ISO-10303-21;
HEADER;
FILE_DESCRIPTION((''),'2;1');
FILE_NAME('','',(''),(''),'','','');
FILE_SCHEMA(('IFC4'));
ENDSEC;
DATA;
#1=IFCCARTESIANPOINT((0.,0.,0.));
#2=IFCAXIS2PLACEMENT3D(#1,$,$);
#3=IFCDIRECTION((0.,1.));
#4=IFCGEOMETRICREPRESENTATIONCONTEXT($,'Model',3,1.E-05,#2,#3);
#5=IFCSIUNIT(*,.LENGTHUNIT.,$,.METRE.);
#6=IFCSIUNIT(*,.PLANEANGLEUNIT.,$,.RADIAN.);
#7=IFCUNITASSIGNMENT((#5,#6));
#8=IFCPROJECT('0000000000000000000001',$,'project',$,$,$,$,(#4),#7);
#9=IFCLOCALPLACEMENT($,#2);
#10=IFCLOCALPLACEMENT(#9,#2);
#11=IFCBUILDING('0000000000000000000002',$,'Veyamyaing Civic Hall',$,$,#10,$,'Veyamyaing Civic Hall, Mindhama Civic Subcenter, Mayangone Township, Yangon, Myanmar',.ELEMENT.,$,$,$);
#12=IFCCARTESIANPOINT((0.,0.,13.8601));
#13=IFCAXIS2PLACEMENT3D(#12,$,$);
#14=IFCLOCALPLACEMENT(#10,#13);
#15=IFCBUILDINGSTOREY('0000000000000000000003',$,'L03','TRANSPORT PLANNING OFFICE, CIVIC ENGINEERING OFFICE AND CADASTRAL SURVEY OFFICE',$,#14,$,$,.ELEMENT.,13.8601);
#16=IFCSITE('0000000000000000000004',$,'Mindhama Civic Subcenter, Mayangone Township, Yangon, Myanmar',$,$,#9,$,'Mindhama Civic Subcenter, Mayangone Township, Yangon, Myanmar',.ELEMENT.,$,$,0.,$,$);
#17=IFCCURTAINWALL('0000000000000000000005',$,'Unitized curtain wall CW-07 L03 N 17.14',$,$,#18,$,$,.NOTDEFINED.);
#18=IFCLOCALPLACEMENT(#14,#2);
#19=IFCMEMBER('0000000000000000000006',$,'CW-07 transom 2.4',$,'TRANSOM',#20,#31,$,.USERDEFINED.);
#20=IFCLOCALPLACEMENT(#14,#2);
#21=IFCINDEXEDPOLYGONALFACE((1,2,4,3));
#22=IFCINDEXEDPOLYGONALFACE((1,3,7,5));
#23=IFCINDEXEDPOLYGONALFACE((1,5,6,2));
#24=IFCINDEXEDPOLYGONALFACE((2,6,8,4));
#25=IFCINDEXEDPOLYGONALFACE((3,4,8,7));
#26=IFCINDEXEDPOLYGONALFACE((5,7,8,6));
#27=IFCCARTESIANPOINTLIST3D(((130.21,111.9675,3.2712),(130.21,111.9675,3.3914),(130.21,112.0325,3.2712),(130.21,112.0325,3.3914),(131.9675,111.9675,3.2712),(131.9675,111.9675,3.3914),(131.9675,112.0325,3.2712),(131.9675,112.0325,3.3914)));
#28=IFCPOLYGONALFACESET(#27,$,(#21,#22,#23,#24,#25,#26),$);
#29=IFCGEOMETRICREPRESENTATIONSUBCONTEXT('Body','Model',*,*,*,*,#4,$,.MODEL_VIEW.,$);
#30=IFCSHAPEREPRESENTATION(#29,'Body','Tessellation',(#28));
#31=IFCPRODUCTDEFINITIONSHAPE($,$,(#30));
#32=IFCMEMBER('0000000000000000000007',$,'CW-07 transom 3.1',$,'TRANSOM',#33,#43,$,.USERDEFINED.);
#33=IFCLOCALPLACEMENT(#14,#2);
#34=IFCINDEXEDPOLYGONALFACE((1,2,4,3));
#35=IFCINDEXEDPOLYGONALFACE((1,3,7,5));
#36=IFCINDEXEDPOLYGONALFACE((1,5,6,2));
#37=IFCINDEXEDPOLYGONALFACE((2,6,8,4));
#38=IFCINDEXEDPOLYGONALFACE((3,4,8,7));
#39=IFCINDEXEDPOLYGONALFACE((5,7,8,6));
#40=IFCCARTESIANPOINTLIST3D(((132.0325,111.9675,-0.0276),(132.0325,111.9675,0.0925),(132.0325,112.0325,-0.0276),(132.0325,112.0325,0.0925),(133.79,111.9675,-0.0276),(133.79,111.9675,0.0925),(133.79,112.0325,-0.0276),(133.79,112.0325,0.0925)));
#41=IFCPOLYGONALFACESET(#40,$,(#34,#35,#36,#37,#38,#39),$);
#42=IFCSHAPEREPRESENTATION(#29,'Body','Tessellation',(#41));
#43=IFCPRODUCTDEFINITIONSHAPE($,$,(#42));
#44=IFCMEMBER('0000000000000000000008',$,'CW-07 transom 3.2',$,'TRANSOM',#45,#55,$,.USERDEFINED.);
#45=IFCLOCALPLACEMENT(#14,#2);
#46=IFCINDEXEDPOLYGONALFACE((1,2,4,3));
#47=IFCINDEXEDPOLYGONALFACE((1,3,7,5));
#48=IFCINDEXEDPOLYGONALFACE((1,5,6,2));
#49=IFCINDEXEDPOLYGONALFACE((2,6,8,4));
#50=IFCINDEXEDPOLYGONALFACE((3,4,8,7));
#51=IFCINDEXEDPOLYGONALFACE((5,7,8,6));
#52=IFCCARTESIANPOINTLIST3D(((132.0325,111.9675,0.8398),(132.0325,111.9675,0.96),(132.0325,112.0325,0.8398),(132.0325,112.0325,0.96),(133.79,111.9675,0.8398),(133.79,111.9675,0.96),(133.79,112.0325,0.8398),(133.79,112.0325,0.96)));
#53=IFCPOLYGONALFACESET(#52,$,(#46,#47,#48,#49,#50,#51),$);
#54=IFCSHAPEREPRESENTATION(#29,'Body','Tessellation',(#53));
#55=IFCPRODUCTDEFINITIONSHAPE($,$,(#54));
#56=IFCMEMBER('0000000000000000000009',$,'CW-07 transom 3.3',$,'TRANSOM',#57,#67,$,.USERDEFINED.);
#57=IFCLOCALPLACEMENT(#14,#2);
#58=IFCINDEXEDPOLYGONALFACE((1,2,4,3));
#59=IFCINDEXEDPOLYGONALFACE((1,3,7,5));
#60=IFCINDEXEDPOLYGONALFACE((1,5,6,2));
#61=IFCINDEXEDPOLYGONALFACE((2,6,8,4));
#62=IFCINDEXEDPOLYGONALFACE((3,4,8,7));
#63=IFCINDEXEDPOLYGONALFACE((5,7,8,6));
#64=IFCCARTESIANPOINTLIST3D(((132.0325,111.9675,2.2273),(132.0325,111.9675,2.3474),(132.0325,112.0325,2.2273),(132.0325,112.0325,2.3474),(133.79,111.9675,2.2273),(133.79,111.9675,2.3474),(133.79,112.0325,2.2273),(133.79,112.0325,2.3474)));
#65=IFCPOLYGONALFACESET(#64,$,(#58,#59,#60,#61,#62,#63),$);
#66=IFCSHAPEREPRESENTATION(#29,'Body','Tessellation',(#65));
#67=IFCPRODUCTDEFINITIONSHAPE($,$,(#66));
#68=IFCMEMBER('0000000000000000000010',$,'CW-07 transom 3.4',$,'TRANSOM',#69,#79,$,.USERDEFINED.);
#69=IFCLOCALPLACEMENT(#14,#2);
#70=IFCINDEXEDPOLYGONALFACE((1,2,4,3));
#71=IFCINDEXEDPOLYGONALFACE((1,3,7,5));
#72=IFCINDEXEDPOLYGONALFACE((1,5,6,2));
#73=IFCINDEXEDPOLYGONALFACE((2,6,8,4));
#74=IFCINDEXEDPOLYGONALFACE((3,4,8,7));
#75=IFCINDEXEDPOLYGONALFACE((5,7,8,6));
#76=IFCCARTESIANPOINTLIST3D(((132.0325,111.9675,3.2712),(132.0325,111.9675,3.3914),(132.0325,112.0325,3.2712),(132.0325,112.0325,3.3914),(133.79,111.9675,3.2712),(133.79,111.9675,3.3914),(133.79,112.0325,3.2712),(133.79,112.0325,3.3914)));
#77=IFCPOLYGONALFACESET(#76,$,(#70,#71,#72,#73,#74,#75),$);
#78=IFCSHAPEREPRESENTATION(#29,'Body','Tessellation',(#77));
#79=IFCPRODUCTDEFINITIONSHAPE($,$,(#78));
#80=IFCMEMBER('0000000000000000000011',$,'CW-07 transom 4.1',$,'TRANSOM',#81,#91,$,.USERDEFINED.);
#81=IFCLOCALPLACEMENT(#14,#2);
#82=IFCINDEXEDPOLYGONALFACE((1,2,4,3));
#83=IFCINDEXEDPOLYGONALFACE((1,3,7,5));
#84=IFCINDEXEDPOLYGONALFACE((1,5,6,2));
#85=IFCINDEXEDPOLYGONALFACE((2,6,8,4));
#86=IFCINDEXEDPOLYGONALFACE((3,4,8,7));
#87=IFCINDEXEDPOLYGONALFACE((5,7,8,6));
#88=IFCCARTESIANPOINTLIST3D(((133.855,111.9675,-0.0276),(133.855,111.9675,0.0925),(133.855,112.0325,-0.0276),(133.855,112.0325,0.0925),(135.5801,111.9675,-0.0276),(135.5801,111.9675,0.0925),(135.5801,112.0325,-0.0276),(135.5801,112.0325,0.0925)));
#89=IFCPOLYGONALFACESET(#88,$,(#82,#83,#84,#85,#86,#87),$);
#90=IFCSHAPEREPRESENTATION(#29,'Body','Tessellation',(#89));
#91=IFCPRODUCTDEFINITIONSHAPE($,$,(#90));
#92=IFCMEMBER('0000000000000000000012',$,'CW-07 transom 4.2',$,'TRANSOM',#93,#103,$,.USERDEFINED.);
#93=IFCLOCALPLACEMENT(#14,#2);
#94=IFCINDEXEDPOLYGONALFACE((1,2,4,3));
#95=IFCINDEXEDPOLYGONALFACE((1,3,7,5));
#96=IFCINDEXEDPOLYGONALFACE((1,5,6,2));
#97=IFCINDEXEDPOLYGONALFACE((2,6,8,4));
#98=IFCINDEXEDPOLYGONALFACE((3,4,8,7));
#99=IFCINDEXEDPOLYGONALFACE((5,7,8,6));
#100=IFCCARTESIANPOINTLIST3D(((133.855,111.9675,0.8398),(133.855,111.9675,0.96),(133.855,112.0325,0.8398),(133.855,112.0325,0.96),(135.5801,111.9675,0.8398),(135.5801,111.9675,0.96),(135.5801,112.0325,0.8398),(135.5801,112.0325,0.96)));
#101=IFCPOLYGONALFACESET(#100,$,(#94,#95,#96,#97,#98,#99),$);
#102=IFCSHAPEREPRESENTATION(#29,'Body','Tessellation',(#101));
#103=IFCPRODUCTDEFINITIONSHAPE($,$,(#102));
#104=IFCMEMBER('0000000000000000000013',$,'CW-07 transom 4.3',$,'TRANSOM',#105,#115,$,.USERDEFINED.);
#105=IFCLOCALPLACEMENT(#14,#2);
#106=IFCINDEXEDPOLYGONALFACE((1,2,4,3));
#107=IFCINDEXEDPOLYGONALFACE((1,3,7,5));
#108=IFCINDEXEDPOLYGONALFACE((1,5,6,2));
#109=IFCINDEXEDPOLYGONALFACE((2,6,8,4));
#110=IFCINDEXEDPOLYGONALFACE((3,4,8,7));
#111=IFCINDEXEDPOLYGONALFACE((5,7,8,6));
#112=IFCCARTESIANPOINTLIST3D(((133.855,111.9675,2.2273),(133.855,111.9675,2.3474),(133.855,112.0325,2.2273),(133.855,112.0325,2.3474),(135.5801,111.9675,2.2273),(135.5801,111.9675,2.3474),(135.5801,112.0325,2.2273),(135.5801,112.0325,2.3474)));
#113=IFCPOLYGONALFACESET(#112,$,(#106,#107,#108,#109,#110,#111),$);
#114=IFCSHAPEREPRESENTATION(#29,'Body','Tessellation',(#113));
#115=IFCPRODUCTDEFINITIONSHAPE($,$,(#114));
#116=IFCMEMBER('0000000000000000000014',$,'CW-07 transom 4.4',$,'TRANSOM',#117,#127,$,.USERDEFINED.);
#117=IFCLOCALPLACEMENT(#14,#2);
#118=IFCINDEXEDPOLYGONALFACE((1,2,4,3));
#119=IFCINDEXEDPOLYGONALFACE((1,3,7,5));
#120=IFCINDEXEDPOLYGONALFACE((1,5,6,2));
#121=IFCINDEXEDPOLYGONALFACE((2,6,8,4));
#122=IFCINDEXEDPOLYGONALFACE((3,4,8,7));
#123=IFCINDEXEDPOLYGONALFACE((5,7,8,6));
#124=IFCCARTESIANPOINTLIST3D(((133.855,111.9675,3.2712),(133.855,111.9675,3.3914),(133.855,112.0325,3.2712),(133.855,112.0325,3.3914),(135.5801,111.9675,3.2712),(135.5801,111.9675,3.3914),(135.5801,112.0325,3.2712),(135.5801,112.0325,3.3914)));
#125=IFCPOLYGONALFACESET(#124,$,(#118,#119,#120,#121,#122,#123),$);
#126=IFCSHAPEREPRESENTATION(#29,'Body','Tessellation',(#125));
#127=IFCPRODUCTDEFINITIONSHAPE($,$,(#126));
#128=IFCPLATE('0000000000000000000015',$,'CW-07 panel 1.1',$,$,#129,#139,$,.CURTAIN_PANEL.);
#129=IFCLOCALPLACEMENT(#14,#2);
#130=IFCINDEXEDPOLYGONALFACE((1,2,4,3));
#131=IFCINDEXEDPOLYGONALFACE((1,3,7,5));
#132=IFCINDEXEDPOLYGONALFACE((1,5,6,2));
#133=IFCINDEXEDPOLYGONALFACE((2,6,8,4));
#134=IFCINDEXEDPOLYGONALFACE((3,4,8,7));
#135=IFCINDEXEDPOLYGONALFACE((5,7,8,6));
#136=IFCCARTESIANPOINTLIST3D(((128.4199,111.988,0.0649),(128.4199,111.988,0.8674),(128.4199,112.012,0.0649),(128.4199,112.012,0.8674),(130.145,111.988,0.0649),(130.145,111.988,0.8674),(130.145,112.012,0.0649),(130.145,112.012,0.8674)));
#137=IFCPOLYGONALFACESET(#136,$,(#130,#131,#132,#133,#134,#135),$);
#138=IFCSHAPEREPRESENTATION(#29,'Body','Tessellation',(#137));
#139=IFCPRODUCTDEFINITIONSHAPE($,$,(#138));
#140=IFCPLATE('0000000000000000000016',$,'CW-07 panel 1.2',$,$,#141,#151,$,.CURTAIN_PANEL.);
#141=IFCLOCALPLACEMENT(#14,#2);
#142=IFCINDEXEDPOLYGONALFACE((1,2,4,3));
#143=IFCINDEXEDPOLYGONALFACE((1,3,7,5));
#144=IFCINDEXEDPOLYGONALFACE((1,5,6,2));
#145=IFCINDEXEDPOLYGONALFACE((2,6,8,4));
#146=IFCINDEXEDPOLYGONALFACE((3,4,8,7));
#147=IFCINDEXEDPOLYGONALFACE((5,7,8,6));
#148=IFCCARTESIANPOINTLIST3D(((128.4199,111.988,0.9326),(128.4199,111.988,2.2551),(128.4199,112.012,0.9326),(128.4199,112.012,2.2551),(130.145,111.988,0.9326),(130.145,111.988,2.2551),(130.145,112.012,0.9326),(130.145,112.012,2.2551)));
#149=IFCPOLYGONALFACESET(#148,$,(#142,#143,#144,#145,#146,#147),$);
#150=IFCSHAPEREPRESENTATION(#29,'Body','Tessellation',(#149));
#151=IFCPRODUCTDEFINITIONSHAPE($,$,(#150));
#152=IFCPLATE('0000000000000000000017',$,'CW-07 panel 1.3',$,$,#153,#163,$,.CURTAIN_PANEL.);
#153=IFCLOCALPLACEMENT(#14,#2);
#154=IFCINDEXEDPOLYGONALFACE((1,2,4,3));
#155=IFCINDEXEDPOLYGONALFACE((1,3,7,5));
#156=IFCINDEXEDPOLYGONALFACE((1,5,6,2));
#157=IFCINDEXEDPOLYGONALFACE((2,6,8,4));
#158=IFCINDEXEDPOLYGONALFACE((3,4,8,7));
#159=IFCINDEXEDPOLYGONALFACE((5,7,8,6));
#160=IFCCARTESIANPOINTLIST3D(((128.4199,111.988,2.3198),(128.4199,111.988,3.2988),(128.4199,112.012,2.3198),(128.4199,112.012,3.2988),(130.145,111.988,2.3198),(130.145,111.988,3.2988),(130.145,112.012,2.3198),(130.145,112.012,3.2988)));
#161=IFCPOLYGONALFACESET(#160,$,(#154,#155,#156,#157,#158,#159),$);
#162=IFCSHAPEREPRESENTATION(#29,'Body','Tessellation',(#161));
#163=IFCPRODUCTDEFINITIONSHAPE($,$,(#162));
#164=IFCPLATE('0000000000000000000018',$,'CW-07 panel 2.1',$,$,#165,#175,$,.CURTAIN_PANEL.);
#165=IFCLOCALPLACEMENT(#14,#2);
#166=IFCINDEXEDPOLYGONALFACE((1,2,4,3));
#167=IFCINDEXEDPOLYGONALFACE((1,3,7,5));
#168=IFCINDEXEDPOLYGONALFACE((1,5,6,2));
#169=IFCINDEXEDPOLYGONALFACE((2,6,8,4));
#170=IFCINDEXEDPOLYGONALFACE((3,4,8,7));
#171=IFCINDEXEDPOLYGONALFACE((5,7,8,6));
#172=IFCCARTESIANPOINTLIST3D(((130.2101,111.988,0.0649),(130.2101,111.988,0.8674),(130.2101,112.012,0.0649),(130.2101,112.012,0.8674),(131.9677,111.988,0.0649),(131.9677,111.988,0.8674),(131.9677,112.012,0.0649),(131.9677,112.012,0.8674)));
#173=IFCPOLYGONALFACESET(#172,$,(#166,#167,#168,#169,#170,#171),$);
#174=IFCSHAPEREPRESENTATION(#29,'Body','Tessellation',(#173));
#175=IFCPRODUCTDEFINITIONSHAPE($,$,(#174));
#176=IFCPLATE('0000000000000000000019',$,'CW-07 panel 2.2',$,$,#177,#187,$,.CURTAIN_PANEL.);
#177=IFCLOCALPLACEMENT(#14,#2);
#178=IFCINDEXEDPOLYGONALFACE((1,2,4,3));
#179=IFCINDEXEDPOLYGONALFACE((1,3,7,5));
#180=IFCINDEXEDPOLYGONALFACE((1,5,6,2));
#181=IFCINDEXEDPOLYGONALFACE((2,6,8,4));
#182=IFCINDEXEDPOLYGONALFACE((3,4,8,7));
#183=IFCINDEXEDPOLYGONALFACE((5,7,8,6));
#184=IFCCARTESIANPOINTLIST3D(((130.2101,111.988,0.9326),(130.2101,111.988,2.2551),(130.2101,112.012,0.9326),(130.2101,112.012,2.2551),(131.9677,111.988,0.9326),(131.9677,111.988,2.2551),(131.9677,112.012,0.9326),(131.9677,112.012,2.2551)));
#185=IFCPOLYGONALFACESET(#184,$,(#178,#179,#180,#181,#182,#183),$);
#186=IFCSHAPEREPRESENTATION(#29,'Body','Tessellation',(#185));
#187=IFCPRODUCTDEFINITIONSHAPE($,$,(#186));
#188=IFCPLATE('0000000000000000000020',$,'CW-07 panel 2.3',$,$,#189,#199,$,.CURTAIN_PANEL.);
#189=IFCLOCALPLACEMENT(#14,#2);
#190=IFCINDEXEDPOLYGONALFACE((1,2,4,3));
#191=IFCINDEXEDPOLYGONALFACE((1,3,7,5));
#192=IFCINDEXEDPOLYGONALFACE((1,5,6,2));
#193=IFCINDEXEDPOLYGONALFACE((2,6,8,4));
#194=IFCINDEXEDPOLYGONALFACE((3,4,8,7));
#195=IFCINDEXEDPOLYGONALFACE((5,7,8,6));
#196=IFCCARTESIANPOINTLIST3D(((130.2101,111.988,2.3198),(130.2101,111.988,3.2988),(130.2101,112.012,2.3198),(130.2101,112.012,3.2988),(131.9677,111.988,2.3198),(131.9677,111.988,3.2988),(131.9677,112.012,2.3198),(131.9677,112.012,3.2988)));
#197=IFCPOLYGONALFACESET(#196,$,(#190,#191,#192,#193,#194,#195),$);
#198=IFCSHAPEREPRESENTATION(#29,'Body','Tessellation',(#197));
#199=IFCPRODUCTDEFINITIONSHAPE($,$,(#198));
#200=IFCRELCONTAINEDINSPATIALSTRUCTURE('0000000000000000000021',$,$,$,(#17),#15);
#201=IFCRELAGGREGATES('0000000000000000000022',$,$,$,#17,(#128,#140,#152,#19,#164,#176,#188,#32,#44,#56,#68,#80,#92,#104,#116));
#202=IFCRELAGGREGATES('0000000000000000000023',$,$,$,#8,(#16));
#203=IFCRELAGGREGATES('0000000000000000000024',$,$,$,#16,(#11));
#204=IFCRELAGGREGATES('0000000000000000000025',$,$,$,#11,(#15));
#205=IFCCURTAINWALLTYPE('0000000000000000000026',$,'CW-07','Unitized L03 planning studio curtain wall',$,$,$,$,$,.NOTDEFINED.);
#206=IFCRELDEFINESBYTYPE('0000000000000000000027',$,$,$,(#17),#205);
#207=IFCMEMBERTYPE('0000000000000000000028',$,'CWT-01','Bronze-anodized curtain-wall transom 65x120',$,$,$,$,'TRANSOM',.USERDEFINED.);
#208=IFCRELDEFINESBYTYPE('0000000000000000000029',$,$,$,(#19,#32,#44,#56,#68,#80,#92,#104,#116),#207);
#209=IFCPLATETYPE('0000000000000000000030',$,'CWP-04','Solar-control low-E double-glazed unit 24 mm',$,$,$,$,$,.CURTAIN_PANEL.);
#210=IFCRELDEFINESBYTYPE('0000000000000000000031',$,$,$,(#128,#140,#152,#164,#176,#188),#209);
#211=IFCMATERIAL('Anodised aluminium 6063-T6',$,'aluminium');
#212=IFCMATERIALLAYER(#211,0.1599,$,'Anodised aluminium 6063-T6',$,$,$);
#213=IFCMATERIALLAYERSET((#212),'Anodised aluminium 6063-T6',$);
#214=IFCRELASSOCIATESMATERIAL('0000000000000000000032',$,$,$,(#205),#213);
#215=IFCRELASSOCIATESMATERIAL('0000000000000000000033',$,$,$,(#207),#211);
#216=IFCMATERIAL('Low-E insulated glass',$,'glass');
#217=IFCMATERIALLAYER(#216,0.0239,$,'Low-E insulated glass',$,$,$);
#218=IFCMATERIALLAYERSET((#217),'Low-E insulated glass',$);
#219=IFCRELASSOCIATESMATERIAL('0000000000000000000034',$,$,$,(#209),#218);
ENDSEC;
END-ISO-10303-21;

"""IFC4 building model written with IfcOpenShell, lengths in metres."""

from ifc_helpers import new_model, si_unit, direction, frame, origin, origin_2d, place, context, subcontext, project, spatial, rectangle, extrude, material, layer, layer_set, material_profile, profile_set, type_object, element, aggregate, save


model = new_model("IFC4")

# Units and contexts
model_context = context("Model", 3, precision=1e-05, world=origin(), true_north=direction((0.0, 1.0)))
body_context = subcontext(model_context, "Body", "Model", "MODEL_VIEW")
ifc_project = project(units=[si_unit("LENGTHUNIT", "METRE"), si_unit("PLANEANGLEUNIT", "RADIAN")], contexts=[model_context])

# Site, building, storey
site_placement = place(None, origin())
site = spatial("IfcSite", under=ifc_project, at=site_placement, Name="Mindhama Civic Subcenter, Mayangone Township, Yangon, Myanmar", LongName="Mindhama Civic Subcenter, Mayangone Township, Yangon, Myanmar", CompositionType="ELEMENT", RefElevation=0.0)
building_placement = place(site_placement, origin())
building = spatial("IfcBuilding", under=site, at=building_placement, Name="Veyamyaing Civic Hall", LongName="Veyamyaing Civic Hall, Mindhama Civic Subcenter, Mayangone Township, Yangon, Myanmar", CompositionType="ELEMENT")
storey_placement = place(building_placement, frame((0.0, 0.0, 13.8601)))
storey = spatial("IfcBuildingStorey", under=building, at=storey_placement, Name="L03", Description="TRANSPORT PLANNING OFFICE, CIVIC ENGINEERING OFFICE AND CADASTRAL SURVEY OFFICE", CompositionType="ELEMENT", Elevation=13.8601)

# Curtain wall, members, plates
ifc_material_1 = material(Name="Anodised aluminium 6063-T6", Category="aluminium")
ifc_layer_1 = layer(ifc_material_1, 0.1599, Name="Anodised aluminium 6063-T6")
ifc_layer_set_1 = layer_set([ifc_layer_1], Name="Anodised aluminium 6063-T6")
curtain_wall_type = type_object("IfcCurtainWallType", Name="CW-07", Description="Unitized L03 planning studio curtain wall", PredefinedType="NOTDEFINED", material=ifc_layer_set_1)
curtain_wall_placement = place(storey_placement, origin())
curtain_wall = element("IfcCurtainWall", 1, at=curtain_wall_placement, inside=storey, type_object=curtain_wall_type, Name="Unitized curtain wall CW-07 L03 N 17.14", PredefinedType="NOTDEFINED")
ifc_material_profile_1 = material_profile(ifc_material_1, rectangle(XDim=0.0649, YDim=0.1201, at=origin_2d()), Name="ALU-TRN-65X120")
ifc_profile_set_1 = profile_set([ifc_material_profile_1], Name="Anodised aluminium 6063-T6")
member_type_1 = type_object("IfcMemberType", Name="CWT-01", Description="Bronze-anodized curtain-wall transom 65x120", ElementType="TRANSOM", PredefinedType="USERDEFINED", material=ifc_profile_set_1)
member_1_placement = place(storey_placement, frame((130.21, 112.0, 3.3313), z_axis=(1.0, 0.0, 0.0), x_axis=(0.0, 1.0, 0.0)))
member_1 = element("IfcMember", 2, at=member_1_placement, type_object=member_type_1, Name="CW-07 transom 2.4", ObjectType="TRANSOM", PredefinedType="USERDEFINED", context=body_context, shape_type="SweptSolid", body=[
    extrude(rectangle(XDim=0.0649, YDim=0.1201, at=origin_2d()), origin(), (0.0, 0.0, 1.0), 1.7576),
])
member_2_placement = place(storey_placement, frame((132.0325, 112.0, 0.0325), z_axis=(1.0, 0.0, 0.0), x_axis=(0.0, 1.0, 0.0)))
member_2 = element("IfcMember", 3, at=member_2_placement, type_object=member_type_1, Name="CW-07 transom 3.1", ObjectType="TRANSOM", PredefinedType="USERDEFINED", context=body_context, shape_type="SweptSolid", body=[
    extrude(rectangle(XDim=0.0649, YDim=0.1201, at=origin_2d()), origin(), (0.0, 0.0, 1.0), 1.7576),
])
member_3_placement = place(storey_placement, frame((132.0325, 112.0, 0.8999), z_axis=(1.0, 0.0, 0.0), x_axis=(0.0, 1.0, 0.0)))
member_3 = element("IfcMember", 4, at=member_3_placement, type_object=member_type_1, Name="CW-07 transom 3.2", ObjectType="TRANSOM", PredefinedType="USERDEFINED", context=body_context, shape_type="SweptSolid", body=[
    extrude(rectangle(XDim=0.0649, YDim=0.1201, at=origin_2d()), origin(), (0.0, 0.0, 1.0), 1.7576),
])
member_4_placement = place(storey_placement, frame((132.0325, 112.0, 2.2874), z_axis=(1.0, 0.0, 0.0), x_axis=(0.0, 1.0, 0.0)))
member_4 = element("IfcMember", 5, at=member_4_placement, type_object=member_type_1, Name="CW-07 transom 3.3", ObjectType="TRANSOM", PredefinedType="USERDEFINED", context=body_context, shape_type="SweptSolid", body=[
    extrude(rectangle(XDim=0.0649, YDim=0.1201, at=origin_2d()), origin(), (0.0, 0.0, 1.0), 1.7576),
])
member_5_placement = place(storey_placement, frame((132.0325, 112.0, 3.3313), z_axis=(1.0, 0.0, 0.0), x_axis=(0.0, 1.0, 0.0)))
member_5 = element("IfcMember", 6, at=member_5_placement, type_object=member_type_1, Name="CW-07 transom 3.4", ObjectType="TRANSOM", PredefinedType="USERDEFINED", context=body_context, shape_type="SweptSolid", body=[
    extrude(rectangle(XDim=0.0649, YDim=0.1201, at=origin_2d()), origin(), (0.0, 0.0, 1.0), 1.7576),
])
member_6_placement = place(storey_placement, frame((133.855, 112.0, 0.0325), z_axis=(1.0, 0.0, 0.0), x_axis=(0.0, 1.0, 0.0)))
member_6 = element("IfcMember", 7, at=member_6_placement, type_object=member_type_1, Name="CW-07 transom 4.1", ObjectType="TRANSOM", PredefinedType="USERDEFINED", context=body_context, shape_type="SweptSolid", body=[
    extrude(rectangle(XDim=0.0649, YDim=0.1201, at=origin_2d()), origin(), (0.0, 0.0, 1.0), 1.7251),
])
member_7_placement = place(storey_placement, frame((133.855, 112.0, 0.8999), z_axis=(1.0, 0.0, 0.0), x_axis=(0.0, 1.0, 0.0)))
member_7 = element("IfcMember", 8, at=member_7_placement, type_object=member_type_1, Name="CW-07 transom 4.2", ObjectType="TRANSOM", PredefinedType="USERDEFINED", context=body_context, shape_type="SweptSolid", body=[
    extrude(rectangle(XDim=0.0649, YDim=0.1201, at=origin_2d()), origin(), (0.0, 0.0, 1.0), 1.7251),
])
member_8_placement = place(storey_placement, frame((133.855, 112.0, 2.2874), z_axis=(1.0, 0.0, 0.0), x_axis=(0.0, 1.0, 0.0)))
member_8 = element("IfcMember", 9, at=member_8_placement, type_object=member_type_1, Name="CW-07 transom 4.3", ObjectType="TRANSOM", PredefinedType="USERDEFINED", context=body_context, shape_type="SweptSolid", body=[
    extrude(rectangle(XDim=0.0649, YDim=0.1201, at=origin_2d()), origin(), (0.0, 0.0, 1.0), 1.7251),
])
member_9_placement = place(storey_placement, frame((133.855, 112.0, 3.3313), z_axis=(1.0, 0.0, 0.0), x_axis=(0.0, 1.0, 0.0)))
member_9 = element("IfcMember", 10, at=member_9_placement, type_object=member_type_1, Name="CW-07 transom 4.4", ObjectType="TRANSOM", PredefinedType="USERDEFINED", context=body_context, shape_type="SweptSolid", body=[
    extrude(rectangle(XDim=0.0649, YDim=0.1201, at=origin_2d()), origin(), (0.0, 0.0, 1.0), 1.7251),
])
ifc_material_2 = material(Name="Low-E insulated glass", Category="glass")
ifc_layer_2 = layer(ifc_material_2, 0.0239, Name="Low-E insulated glass")
ifc_layer_set_2 = layer_set([ifc_layer_2], Name="Low-E insulated glass")
plate_type = type_object("IfcPlateType", Name="CWP-04", Description="Solar-control low-E double-glazed unit 24 mm", PredefinedType="CURTAIN_PANEL", material=ifc_layer_set_2)
plate_1_placement = place(storey_placement, frame((129.2825, 112.0, 0.0649), z_axis=(0.0, 0.0, 1.0), x_axis=(1.0, 0.0, 0.0)))
plate_1 = element("IfcPlate", 11, at=plate_1_placement, type_object=plate_type, Name="CW-07 panel 1.1", PredefinedType="CURTAIN_PANEL", context=body_context, shape_type="SweptSolid", body=[
    extrude(rectangle(XDim=1.7251, YDim=0.0239, at=origin_2d()), origin(), (0.0, 0.0, 1.0), 0.8025),
])
plate_2_placement = place(storey_placement, frame((129.2825, 112.0, 0.9326), z_axis=(0.0, 0.0, 1.0), x_axis=(1.0, 0.0, 0.0)))
plate_2 = element("IfcPlate", 12, at=plate_2_placement, type_object=plate_type, Name="CW-07 panel 1.2", PredefinedType="CURTAIN_PANEL", context=body_context, shape_type="SweptSolid", body=[
    extrude(rectangle(XDim=1.7251, YDim=0.0239, at=origin_2d()), origin(), (0.0, 0.0, 1.0), 1.3225),
])
plate_3_placement = place(storey_placement, frame((129.2825, 112.0, 2.3198), z_axis=(0.0, 0.0, 1.0), x_axis=(1.0, 0.0, 0.0)))
plate_3 = element("IfcPlate", 13, at=plate_3_placement, type_object=plate_type, Name="CW-07 panel 1.3", PredefinedType="CURTAIN_PANEL", context=body_context, shape_type="SweptSolid", body=[
    extrude(rectangle(XDim=1.7251, YDim=0.0239, at=origin_2d()), origin(), (0.0, 0.0, 1.0), 0.979),
])
plate_4_placement = place(storey_placement, frame((131.0889, 112.0, 0.0649), z_axis=(0.0, 0.0, 1.0), x_axis=(1.0, 0.0, 0.0)))
plate_4 = element("IfcPlate", 14, at=plate_4_placement, type_object=plate_type, Name="CW-07 panel 2.1", PredefinedType="CURTAIN_PANEL", context=body_context, shape_type="SweptSolid", body=[
    extrude(rectangle(XDim=1.7576, YDim=0.0239, at=origin_2d()), origin(), (0.0, 0.0, 1.0), 0.8025),
])
plate_5_placement = place(storey_placement, frame((131.0889, 112.0, 0.9326), z_axis=(0.0, 0.0, 1.0), x_axis=(1.0, 0.0, 0.0)))
plate_5 = element("IfcPlate", 15, at=plate_5_placement, type_object=plate_type, Name="CW-07 panel 2.2", PredefinedType="CURTAIN_PANEL", context=body_context, shape_type="SweptSolid", body=[
    extrude(rectangle(XDim=1.7576, YDim=0.0239, at=origin_2d()), origin(), (0.0, 0.0, 1.0), 1.3225),
])
plate_6_placement = place(storey_placement, frame((131.0889, 112.0, 2.3198), z_axis=(0.0, 0.0, 1.0), x_axis=(1.0, 0.0, 0.0)))
plate_6 = element("IfcPlate", 16, at=plate_6_placement, type_object=plate_type, Name="CW-07 panel 2.3", PredefinedType="CURTAIN_PANEL", context=body_context, shape_type="SweptSolid", body=[
    extrude(rectangle(XDim=1.7576, YDim=0.0239, at=origin_2d()), origin(), (0.0, 0.0, 1.0), 0.979),
])
aggregate(curtain_wall, [plate_1, plate_2, plate_3, member_1, plate_4, plate_5, plate_6, member_2, member_3, member_4, member_5, member_6, member_7, member_8, member_9])

save(model, "model.ifc")
